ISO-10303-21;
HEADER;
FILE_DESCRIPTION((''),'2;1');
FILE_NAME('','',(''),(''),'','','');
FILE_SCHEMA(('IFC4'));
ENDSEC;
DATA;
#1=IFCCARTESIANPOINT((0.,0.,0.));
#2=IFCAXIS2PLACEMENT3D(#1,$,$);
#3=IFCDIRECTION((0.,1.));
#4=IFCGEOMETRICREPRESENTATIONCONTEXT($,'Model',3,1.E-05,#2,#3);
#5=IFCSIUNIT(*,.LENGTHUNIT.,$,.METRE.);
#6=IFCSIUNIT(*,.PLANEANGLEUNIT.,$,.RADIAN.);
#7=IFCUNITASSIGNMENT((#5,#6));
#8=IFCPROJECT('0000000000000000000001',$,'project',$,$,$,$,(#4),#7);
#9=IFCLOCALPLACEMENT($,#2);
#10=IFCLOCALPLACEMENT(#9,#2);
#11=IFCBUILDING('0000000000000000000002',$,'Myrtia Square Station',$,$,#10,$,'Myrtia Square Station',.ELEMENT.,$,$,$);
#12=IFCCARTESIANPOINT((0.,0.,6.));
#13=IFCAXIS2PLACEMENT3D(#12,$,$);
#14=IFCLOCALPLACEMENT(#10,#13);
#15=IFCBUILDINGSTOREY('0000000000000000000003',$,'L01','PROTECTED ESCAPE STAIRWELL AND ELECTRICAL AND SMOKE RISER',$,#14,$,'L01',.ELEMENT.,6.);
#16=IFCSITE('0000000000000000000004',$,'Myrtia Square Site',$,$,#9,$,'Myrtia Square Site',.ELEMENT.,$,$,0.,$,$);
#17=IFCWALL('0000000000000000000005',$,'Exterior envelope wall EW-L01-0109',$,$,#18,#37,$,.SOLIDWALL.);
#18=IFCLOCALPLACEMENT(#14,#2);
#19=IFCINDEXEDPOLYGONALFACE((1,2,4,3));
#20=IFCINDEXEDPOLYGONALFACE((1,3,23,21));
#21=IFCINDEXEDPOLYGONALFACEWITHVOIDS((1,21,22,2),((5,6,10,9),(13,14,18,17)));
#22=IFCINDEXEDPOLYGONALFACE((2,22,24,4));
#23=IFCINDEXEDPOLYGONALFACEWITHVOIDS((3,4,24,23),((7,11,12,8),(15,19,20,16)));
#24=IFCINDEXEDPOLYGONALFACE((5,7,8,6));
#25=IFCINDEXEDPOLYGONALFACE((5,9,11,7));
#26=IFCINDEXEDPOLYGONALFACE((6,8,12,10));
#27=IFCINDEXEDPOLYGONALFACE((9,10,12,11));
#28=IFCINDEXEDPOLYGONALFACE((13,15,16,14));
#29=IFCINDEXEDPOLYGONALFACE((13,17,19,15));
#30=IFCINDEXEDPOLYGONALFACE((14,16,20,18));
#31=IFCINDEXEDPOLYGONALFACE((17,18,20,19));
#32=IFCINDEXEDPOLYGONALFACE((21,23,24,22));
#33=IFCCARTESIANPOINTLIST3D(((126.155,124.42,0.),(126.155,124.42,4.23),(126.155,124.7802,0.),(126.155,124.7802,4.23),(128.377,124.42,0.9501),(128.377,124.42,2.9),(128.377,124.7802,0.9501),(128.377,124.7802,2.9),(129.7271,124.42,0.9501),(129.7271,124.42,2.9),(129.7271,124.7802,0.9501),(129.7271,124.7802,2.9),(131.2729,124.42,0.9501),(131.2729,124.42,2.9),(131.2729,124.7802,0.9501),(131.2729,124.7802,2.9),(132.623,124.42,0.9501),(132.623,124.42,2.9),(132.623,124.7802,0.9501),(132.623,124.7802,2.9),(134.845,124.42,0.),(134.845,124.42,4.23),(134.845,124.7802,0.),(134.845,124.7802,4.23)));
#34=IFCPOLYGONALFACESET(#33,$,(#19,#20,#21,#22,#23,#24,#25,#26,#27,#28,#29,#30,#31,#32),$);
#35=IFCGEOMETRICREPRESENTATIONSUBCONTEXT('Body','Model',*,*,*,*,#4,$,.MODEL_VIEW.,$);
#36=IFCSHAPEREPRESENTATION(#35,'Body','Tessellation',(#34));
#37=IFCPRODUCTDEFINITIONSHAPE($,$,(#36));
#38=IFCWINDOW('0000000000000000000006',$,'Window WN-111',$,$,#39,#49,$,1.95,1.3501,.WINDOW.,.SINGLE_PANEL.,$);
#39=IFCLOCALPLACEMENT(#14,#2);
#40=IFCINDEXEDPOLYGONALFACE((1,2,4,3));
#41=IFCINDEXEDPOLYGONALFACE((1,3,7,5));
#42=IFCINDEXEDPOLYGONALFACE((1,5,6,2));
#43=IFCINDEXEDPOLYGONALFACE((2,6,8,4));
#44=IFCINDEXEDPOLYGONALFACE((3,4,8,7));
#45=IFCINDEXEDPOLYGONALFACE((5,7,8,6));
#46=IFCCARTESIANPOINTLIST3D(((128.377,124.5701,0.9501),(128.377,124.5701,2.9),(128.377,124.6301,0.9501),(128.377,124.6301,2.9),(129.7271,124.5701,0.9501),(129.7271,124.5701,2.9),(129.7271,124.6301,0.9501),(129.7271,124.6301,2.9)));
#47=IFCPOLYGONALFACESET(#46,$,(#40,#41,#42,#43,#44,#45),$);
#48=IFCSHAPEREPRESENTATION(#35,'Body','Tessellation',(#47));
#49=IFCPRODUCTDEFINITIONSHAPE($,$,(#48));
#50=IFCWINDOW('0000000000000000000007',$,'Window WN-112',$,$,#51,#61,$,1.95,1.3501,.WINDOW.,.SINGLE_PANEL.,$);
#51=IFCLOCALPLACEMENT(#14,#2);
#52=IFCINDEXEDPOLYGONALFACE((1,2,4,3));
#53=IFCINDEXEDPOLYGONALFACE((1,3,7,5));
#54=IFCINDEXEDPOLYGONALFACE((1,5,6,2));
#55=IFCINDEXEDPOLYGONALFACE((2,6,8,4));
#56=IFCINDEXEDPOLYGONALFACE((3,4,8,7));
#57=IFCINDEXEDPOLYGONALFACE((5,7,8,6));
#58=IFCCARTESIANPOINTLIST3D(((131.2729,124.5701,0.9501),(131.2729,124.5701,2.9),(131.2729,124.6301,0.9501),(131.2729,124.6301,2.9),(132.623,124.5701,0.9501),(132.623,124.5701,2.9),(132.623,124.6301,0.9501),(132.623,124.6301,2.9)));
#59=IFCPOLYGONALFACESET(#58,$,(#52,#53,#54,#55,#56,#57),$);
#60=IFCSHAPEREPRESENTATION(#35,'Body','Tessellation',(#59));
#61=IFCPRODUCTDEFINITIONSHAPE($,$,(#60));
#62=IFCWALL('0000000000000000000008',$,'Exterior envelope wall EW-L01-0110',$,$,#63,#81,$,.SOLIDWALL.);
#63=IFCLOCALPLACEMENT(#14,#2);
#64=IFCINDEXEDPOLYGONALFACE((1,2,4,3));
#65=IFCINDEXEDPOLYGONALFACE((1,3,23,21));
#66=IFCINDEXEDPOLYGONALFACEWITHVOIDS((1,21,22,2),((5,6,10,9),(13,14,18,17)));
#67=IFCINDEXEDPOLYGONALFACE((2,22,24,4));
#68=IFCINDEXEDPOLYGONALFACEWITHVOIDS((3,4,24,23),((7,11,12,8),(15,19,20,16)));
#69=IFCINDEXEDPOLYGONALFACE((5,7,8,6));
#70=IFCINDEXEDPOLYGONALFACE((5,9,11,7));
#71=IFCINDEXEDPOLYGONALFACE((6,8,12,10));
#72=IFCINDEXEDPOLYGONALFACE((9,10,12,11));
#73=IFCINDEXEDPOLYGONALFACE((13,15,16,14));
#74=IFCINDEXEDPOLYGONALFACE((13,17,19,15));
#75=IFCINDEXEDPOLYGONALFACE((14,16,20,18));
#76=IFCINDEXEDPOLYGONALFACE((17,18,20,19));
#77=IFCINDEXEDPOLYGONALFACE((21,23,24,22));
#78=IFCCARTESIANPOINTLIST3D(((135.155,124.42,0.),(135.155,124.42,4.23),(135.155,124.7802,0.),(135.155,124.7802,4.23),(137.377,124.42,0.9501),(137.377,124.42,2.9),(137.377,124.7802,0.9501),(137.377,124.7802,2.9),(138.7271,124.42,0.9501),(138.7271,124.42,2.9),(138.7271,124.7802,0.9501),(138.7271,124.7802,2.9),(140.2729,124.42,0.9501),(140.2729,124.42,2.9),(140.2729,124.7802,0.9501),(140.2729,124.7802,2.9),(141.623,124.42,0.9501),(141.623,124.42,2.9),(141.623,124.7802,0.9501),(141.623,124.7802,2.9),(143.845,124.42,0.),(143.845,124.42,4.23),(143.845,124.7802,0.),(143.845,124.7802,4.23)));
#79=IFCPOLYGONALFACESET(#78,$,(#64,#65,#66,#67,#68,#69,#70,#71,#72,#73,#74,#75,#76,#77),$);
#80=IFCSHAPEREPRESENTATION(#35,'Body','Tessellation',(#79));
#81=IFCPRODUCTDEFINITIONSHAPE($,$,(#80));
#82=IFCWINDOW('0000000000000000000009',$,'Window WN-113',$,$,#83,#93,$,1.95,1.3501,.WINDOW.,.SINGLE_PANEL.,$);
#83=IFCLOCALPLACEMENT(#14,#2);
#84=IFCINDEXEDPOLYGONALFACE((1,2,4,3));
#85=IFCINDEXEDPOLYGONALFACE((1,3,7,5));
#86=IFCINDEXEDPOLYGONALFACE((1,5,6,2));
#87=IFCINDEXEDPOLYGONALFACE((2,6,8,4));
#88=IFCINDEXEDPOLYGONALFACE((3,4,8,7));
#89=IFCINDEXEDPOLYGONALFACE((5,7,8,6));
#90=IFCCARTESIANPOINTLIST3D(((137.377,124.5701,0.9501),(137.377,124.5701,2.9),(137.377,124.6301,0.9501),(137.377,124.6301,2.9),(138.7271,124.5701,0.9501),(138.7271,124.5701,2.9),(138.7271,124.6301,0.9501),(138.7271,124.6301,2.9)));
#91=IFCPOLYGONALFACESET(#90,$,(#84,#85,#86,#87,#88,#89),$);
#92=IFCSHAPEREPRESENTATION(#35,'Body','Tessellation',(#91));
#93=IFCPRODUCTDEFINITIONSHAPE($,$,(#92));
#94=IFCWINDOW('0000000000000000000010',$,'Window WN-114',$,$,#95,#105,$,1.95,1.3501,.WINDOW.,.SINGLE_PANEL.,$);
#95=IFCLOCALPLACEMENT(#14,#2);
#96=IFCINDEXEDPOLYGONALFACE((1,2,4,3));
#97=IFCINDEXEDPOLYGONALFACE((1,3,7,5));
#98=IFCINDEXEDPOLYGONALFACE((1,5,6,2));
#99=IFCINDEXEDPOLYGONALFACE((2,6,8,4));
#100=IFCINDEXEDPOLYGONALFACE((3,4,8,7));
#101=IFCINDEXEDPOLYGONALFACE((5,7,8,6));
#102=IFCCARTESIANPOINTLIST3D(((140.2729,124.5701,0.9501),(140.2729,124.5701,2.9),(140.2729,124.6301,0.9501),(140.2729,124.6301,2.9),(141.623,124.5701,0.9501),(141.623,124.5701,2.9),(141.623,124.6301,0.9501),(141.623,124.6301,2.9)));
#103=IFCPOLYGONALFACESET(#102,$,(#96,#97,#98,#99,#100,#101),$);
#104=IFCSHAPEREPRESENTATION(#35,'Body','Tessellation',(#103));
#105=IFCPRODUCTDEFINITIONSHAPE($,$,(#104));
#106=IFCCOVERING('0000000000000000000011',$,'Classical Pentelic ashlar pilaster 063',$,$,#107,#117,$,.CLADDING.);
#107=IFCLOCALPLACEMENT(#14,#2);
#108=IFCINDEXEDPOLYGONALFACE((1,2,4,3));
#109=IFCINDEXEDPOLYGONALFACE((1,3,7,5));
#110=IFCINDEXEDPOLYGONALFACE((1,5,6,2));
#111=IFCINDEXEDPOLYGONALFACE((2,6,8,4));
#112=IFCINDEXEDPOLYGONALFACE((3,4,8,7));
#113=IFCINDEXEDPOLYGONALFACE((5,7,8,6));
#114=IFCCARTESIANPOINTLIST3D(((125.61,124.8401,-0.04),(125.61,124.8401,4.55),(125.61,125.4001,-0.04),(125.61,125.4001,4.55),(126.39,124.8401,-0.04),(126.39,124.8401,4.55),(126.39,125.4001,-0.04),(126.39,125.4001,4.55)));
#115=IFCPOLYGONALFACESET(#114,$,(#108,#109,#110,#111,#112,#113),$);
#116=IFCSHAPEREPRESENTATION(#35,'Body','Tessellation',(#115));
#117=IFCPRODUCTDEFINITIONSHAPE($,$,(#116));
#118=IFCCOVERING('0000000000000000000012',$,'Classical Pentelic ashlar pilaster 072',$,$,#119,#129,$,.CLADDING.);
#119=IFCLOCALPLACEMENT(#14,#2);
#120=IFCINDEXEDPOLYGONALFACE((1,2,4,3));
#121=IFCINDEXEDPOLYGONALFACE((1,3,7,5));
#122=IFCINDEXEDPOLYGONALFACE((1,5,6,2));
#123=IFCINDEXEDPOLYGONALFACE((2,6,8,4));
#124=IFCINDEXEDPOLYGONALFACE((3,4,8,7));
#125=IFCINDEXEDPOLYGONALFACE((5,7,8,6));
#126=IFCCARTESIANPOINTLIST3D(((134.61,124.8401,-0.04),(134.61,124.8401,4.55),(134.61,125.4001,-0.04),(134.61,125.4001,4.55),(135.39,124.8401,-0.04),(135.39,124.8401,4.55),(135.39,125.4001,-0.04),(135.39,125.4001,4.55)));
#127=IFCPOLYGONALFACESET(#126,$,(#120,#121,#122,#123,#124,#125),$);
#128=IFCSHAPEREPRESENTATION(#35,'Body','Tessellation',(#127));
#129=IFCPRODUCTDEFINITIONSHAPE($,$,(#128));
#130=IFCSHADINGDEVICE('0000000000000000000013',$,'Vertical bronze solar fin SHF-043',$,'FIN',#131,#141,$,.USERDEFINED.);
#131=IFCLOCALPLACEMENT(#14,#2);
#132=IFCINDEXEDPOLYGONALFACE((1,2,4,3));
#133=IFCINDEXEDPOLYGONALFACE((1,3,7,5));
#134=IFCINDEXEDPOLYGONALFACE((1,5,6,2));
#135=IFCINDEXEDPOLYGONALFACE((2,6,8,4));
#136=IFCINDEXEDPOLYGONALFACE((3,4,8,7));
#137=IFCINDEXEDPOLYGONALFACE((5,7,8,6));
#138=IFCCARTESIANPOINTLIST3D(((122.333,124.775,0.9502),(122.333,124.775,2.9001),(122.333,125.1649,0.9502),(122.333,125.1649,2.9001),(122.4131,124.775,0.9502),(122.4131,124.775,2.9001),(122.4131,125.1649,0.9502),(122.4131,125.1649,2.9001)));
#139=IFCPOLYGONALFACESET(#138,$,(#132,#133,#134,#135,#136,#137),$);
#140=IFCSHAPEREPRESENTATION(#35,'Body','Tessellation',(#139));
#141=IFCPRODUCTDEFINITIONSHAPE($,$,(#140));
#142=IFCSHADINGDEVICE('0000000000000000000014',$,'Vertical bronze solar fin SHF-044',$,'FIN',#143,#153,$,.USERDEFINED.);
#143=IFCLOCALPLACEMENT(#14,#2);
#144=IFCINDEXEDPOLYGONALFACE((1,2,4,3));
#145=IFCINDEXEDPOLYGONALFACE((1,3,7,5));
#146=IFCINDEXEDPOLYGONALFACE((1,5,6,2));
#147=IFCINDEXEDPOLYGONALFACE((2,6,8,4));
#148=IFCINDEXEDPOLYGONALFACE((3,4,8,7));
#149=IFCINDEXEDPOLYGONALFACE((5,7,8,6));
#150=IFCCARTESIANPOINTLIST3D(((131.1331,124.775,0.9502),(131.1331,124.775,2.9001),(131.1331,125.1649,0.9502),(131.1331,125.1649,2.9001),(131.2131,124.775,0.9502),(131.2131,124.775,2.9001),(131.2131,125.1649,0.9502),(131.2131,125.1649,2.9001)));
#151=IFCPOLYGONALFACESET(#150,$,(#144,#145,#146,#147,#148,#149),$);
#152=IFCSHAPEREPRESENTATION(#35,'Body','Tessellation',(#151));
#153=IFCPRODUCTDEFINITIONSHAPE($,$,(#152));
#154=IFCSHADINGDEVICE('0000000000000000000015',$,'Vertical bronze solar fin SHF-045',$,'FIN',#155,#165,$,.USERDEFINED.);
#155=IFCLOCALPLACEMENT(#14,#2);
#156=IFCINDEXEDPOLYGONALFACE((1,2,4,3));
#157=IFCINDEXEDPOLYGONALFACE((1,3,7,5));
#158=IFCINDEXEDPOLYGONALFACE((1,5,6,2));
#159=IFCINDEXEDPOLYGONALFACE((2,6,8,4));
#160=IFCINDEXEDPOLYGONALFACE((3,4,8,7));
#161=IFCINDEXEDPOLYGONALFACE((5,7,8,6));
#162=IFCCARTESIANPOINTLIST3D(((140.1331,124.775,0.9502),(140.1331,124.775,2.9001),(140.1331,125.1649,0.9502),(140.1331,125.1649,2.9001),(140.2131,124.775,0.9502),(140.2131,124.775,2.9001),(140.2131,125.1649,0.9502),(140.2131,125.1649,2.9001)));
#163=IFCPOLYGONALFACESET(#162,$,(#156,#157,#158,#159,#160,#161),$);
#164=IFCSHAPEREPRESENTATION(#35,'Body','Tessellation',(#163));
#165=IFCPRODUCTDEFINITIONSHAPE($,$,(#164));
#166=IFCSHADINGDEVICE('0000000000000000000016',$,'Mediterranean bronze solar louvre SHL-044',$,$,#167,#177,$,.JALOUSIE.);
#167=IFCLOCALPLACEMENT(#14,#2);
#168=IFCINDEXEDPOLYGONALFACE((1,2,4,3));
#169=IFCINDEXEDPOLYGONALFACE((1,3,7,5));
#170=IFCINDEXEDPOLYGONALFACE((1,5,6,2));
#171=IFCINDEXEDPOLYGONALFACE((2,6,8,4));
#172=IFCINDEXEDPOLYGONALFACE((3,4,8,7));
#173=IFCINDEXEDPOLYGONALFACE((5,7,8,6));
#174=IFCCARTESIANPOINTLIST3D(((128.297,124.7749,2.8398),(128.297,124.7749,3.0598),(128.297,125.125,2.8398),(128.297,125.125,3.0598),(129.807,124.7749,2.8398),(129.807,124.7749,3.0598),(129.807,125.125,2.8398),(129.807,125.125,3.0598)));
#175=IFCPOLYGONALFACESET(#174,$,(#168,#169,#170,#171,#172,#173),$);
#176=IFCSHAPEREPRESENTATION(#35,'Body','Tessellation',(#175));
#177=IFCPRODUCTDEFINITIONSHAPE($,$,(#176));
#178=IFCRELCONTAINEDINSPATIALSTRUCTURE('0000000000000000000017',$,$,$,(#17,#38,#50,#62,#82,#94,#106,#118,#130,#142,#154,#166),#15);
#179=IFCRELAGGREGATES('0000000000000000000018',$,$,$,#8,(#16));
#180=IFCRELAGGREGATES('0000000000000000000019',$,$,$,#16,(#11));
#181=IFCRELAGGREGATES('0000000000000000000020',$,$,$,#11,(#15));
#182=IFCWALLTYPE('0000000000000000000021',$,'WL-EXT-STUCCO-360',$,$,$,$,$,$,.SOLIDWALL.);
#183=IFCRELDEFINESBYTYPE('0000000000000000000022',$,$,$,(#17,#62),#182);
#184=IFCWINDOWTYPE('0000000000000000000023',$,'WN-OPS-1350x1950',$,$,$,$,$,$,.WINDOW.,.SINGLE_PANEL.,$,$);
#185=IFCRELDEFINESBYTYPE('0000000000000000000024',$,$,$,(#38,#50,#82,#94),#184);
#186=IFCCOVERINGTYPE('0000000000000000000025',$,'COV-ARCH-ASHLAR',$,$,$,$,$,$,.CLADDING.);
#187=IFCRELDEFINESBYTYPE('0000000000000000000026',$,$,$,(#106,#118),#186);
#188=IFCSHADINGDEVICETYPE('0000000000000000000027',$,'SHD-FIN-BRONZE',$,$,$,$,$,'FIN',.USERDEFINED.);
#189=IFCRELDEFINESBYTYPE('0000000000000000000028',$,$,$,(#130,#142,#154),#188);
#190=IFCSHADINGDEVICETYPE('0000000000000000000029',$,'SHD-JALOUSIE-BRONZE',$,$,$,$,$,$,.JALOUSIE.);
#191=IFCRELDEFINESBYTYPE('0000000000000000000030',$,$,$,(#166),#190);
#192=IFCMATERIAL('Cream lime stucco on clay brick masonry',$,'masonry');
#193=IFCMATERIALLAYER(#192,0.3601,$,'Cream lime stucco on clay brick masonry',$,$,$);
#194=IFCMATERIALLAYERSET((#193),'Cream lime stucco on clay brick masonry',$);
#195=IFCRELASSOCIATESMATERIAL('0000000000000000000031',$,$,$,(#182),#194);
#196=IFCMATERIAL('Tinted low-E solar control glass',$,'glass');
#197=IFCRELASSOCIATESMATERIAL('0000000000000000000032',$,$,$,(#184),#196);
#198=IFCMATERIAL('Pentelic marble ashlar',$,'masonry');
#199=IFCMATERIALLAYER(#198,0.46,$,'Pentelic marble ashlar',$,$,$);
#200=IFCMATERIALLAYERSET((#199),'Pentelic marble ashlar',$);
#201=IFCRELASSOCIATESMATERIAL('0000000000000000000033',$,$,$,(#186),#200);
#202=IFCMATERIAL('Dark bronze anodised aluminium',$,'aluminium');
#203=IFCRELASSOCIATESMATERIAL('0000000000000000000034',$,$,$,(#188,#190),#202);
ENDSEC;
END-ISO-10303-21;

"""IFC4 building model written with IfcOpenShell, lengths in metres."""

from ifc_helpers import new_model, si_unit, direction, frame, frame_2d, origin, origin_2d, place, context, subcontext, project, spatial, rectangle, extrude, material, layer, layer_set, type_object, element, fill, save


model = new_model("IFC4")

# Units and contexts
model_context = context("Model", 3, precision=1e-05, world=origin(), true_north=direction((0.0, 1.0)))
body_context = subcontext(model_context, "Body", "Model", "MODEL_VIEW")
ifc_project = project(units=[si_unit("LENGTHUNIT", "METRE"), si_unit("PLANEANGLEUNIT", "RADIAN")], contexts=[model_context])

# Site, building, storey
site_placement = place(None, origin())
site = spatial("IfcSite", under=ifc_project, at=site_placement, Name="Myrtia Square Site", LongName="Myrtia Square Site", CompositionType="ELEMENT", RefElevation=0.0)
building_placement = place(site_placement, origin())
building = spatial("IfcBuilding", under=site, at=building_placement, Name="Myrtia Square Station", LongName="Myrtia Square Station", CompositionType="ELEMENT")
storey_placement = place(building_placement, frame((0.0, 0.0, 6.0)))
storey = spatial("IfcBuildingStorey", under=building, at=storey_placement, Name="L01", Description="PROTECTED ESCAPE STAIRWELL AND ELECTRICAL AND SMOKE RISER", LongName="L01", CompositionType="ELEMENT", Elevation=6.0)

# Walls, openings, windows
ifc_material_1 = material(Name="Cream lime stucco on clay brick masonry", Category="masonry")
ifc_layer_1 = layer(ifc_material_1, 0.3601, Name="Cream lime stucco on clay brick masonry")
ifc_layer_set_1 = layer_set([ifc_layer_1], Name="Cream lime stucco on clay brick masonry")
wall_type = type_object("IfcWallType", Name="WL-EXT-STUCCO-360", PredefinedType="SOLIDWALL", material=ifc_layer_set_1)
wall_1_placement = place(storey_placement, frame((126.155, 124.6001, 0.0), z_axis=(0.0, 0.0, 1.0), x_axis=(1.0, 0.0, 0.0)))
wall_1 = element("IfcWall", 1, at=wall_1_placement, inside=storey, type_object=wall_type, Name="Exterior envelope wall EW-L01-0109", PredefinedType="SOLIDWALL", context=body_context, shape_type="SweptSolid", body=[
    extrude(rectangle(XDim=8.6899, YDim=0.3601, at=frame_2d((4.345, 0.0))), origin(), (0.0, 0.0, 1.0), 4.23),
])
opening_1_placement = place(wall_1_placement, frame((2.2219, 0.0, 0.95)))
opening_1 = element("IfcOpeningElement", 2, at=opening_1_placement, cuts=wall_1, PredefinedType="OPENING", context=body_context, shape_type="SweptSolid", body=[
    extrude(rectangle(XDim=1.3501, YDim=1.95, at=frame_2d((0.675, 0.9751))), frame((0.0, 0.1951, 0.0), z_axis=(0.0, -1.0, 0.0), x_axis=(1.0, 0.0, 0.0)), (0.0, 0.0, 1.0), 0.3901),
])
opening_2_placement = place(wall_1_placement, frame((5.1179, 0.0, 0.95)))
opening_2 = element("IfcOpeningElement", 3, at=opening_2_placement, cuts=wall_1, PredefinedType="OPENING", context=body_context, shape_type="SweptSolid", body=[
    extrude(rectangle(XDim=1.3501, YDim=1.95, at=frame_2d((0.675, 0.9751))), frame((0.0, 0.1951, 0.0), z_axis=(0.0, -1.0, 0.0), x_axis=(1.0, 0.0, 0.0)), (0.0, 0.0, 1.0), 0.3901),
])
ifc_material_2 = material(Name="Tinted low-E solar control glass", Category="glass")
window_type = type_object("IfcWindowType", Name="WN-OPS-1350x1950", PartitioningType="SINGLE_PANEL", PredefinedType="WINDOW", material=ifc_material_2)
window_1_placement = place(opening_1_placement, origin())
window_1 = element("IfcWindow", 4, at=window_1_placement, inside=storey, type_object=window_type, Name="Window WN-111", OverallHeight=1.95, OverallWidth=1.3501, PartitioningType="SINGLE_PANEL", PredefinedType="WINDOW", context=body_context, shape_type="SweptSolid", body=[
    extrude(rectangle(XDim=1.3501, YDim=1.95, at=frame_2d((0.675, 0.9751))), frame((0.0, 0.03, 0.0), z_axis=(0.0, -1.0, 0.0), x_axis=(1.0, 0.0, 0.0)), (0.0, 0.0, 1.0), 0.0601),
])
fill(opening_1, window_1)
window_2_placement = place(opening_2_placement, origin())
window_2 = element("IfcWindow", 5, at=window_2_placement, inside=storey, type_object=window_type, Name="Window WN-112", OverallHeight=1.95, OverallWidth=1.3501, PartitioningType="SINGLE_PANEL", PredefinedType="WINDOW", context=body_context, shape_type="SweptSolid", body=[
    extrude(rectangle(XDim=1.3501, YDim=1.95, at=frame_2d((0.675, 0.9751))), frame((0.0, 0.03, 0.0), z_axis=(0.0, -1.0, 0.0), x_axis=(1.0, 0.0, 0.0)), (0.0, 0.0, 1.0), 0.0601),
])
fill(opening_2, window_2)
wall_2_placement = place(storey_placement, frame((135.155, 124.6001, 0.0), z_axis=(0.0, 0.0, 1.0), x_axis=(1.0, 0.0, 0.0)))
wall_2 = element("IfcWall", 6, at=wall_2_placement, inside=storey, type_object=wall_type, Name="Exterior envelope wall EW-L01-0110", PredefinedType="SOLIDWALL", context=body_context, shape_type="SweptSolid", body=[
    extrude(rectangle(XDim=8.6899, YDim=0.3601, at=frame_2d((4.345, 0.0))), origin(), (0.0, 0.0, 1.0), 4.23),
])
opening_3_placement = place(wall_2_placement, frame((2.2219, 0.0, 0.95)))
opening_3 = element("IfcOpeningElement", 7, at=opening_3_placement, cuts=wall_2, PredefinedType="OPENING", context=body_context, shape_type="SweptSolid", body=[
    extrude(rectangle(XDim=1.3501, YDim=1.95, at=frame_2d((0.675, 0.9751))), frame((0.0, 0.1951, 0.0), z_axis=(0.0, -1.0, 0.0), x_axis=(1.0, 0.0, 0.0)), (0.0, 0.0, 1.0), 0.3901),
])
opening_4_placement = place(wall_2_placement, frame((5.1179, 0.0, 0.95)))
opening_4 = element("IfcOpeningElement", 8, at=opening_4_placement, cuts=wall_2, PredefinedType="OPENING", context=body_context, shape_type="SweptSolid", body=[
    extrude(rectangle(XDim=1.3501, YDim=1.95, at=frame_2d((0.675, 0.9751))), frame((0.0, 0.1951, 0.0), z_axis=(0.0, -1.0, 0.0), x_axis=(1.0, 0.0, 0.0)), (0.0, 0.0, 1.0), 0.3901),
])
window_3_placement = place(opening_3_placement, origin())
window_3 = element("IfcWindow", 9, at=window_3_placement, inside=storey, type_object=window_type, Name="Window WN-113", OverallHeight=1.95, OverallWidth=1.3501, PartitioningType="SINGLE_PANEL", PredefinedType="WINDOW", context=body_context, shape_type="SweptSolid", body=[
    extrude(rectangle(XDim=1.3501, YDim=1.95, at=frame_2d((0.675, 0.9751))), frame((0.0, 0.03, 0.0), z_axis=(0.0, -1.0, 0.0), x_axis=(1.0, 0.0, 0.0)), (0.0, 0.0, 1.0), 0.0601),
])
fill(opening_3, window_3)
window_4_placement = place(opening_4_placement, origin())
window_4 = element("IfcWindow", 10, at=window_4_placement, inside=storey, type_object=window_type, Name="Window WN-114", OverallHeight=1.95, OverallWidth=1.3501, PartitioningType="SINGLE_PANEL", PredefinedType="WINDOW", context=body_context, shape_type="SweptSolid", body=[
    extrude(rectangle(XDim=1.3501, YDim=1.95, at=frame_2d((0.675, 0.9751))), frame((0.0, 0.03, 0.0), z_axis=(0.0, -1.0, 0.0), x_axis=(1.0, 0.0, 0.0)), (0.0, 0.0, 1.0), 0.0601),
])
fill(opening_4, window_4)

# Coverings
ifc_material_3 = material(Name="Pentelic marble ashlar", Category="masonry")
ifc_layer_2 = layer(ifc_material_3, 0.46, Name="Pentelic marble ashlar")
ifc_layer_set_2 = layer_set([ifc_layer_2], Name="Pentelic marble ashlar")
covering_type = type_object("IfcCoveringType", Name="COV-ARCH-ASHLAR", PredefinedType="CLADDING", material=ifc_layer_set_2)
for number, where, z_axis, x_axis, name in (
    (11, (126.0, 125.1201, -0.04), (0.0, 0.0, 1.0), (1.0, 0.0, 0.0), "Classical Pentelic ashlar pilaster 063"),
    (12, (135.0, 125.1201, -0.04), (0.0, 0.0, 1.0), (1.0, 0.0, 0.0), "Classical Pentelic ashlar pilaster 072"),
):
    element("IfcCovering", number, at=place(storey_placement, frame(where, z_axis=z_axis, x_axis=x_axis)), inside=storey, type_object=covering_type, Name=name, PredefinedType="CLADDING", context=body_context, shape_type="SweptSolid", body=[
        extrude(rectangle(XDim=0.78, YDim=0.5601, at=origin_2d()), origin(), (0.0, 0.0, 1.0), 4.5901),
    ])

# Shading devices
ifc_material_4 = material(Name="Dark bronze anodised aluminium", Category="aluminium")
shading_device_type_1 = type_object("IfcShadingDeviceType", Name="SHD-FIN-BRONZE", ElementType="FIN", PredefinedType="USERDEFINED", material=ifc_material_4)
for number, where, z_axis, x_axis, name in (
    (13, (122.373, 124.97, 0.9502), (0.0, 0.0, 1.0), (1.0, 0.0, 0.0), "Vertical bronze solar fin SHF-043"),
    (14, (131.1731, 124.97, 0.9502), (0.0, 0.0, 1.0), (1.0, 0.0, 0.0), "Vertical bronze solar fin SHF-044"),
    (15, (140.1731, 124.97, 0.9502), (0.0, 0.0, 1.0), (1.0, 0.0, 0.0), "Vertical bronze solar fin SHF-045"),
):
    element("IfcShadingDevice", number, at=place(storey_placement, frame(where, z_axis=z_axis, x_axis=x_axis)), inside=storey, type_object=shading_device_type_1, Name=name, ObjectType="FIN", PredefinedType="USERDEFINED", context=body_context, shape_type="SweptSolid", body=[
        extrude(rectangle(XDim=0.0801, YDim=0.3899, at=origin_2d()), origin(), (0.0, 0.0, 1.0), 1.95),
    ])
shading_device_type_2 = type_object("IfcShadingDeviceType", Name="SHD-JALOUSIE-BRONZE", PredefinedType="JALOUSIE", material=ifc_material_4)
for number, where, z_axis, x_axis, name in (
    (16, (129.052, 124.95, 2.8398), (0.0, 0.0, 1.0), (1.0, 0.0, 0.0), "Mediterranean bronze solar louvre SHL-044"),
):
    element("IfcShadingDevice", number, at=place(storey_placement, frame(where, z_axis=z_axis, x_axis=x_axis)), inside=storey, type_object=shading_device_type_2, Name=name, PredefinedType="JALOUSIE", context=body_context, shape_type="SweptSolid", body=[
        extrude(rectangle(XDim=1.51, YDim=0.3501, at=origin_2d()), origin(), (0.0, 0.0, 1.0), 0.22),
    ])

save(model, "model.ifc")
